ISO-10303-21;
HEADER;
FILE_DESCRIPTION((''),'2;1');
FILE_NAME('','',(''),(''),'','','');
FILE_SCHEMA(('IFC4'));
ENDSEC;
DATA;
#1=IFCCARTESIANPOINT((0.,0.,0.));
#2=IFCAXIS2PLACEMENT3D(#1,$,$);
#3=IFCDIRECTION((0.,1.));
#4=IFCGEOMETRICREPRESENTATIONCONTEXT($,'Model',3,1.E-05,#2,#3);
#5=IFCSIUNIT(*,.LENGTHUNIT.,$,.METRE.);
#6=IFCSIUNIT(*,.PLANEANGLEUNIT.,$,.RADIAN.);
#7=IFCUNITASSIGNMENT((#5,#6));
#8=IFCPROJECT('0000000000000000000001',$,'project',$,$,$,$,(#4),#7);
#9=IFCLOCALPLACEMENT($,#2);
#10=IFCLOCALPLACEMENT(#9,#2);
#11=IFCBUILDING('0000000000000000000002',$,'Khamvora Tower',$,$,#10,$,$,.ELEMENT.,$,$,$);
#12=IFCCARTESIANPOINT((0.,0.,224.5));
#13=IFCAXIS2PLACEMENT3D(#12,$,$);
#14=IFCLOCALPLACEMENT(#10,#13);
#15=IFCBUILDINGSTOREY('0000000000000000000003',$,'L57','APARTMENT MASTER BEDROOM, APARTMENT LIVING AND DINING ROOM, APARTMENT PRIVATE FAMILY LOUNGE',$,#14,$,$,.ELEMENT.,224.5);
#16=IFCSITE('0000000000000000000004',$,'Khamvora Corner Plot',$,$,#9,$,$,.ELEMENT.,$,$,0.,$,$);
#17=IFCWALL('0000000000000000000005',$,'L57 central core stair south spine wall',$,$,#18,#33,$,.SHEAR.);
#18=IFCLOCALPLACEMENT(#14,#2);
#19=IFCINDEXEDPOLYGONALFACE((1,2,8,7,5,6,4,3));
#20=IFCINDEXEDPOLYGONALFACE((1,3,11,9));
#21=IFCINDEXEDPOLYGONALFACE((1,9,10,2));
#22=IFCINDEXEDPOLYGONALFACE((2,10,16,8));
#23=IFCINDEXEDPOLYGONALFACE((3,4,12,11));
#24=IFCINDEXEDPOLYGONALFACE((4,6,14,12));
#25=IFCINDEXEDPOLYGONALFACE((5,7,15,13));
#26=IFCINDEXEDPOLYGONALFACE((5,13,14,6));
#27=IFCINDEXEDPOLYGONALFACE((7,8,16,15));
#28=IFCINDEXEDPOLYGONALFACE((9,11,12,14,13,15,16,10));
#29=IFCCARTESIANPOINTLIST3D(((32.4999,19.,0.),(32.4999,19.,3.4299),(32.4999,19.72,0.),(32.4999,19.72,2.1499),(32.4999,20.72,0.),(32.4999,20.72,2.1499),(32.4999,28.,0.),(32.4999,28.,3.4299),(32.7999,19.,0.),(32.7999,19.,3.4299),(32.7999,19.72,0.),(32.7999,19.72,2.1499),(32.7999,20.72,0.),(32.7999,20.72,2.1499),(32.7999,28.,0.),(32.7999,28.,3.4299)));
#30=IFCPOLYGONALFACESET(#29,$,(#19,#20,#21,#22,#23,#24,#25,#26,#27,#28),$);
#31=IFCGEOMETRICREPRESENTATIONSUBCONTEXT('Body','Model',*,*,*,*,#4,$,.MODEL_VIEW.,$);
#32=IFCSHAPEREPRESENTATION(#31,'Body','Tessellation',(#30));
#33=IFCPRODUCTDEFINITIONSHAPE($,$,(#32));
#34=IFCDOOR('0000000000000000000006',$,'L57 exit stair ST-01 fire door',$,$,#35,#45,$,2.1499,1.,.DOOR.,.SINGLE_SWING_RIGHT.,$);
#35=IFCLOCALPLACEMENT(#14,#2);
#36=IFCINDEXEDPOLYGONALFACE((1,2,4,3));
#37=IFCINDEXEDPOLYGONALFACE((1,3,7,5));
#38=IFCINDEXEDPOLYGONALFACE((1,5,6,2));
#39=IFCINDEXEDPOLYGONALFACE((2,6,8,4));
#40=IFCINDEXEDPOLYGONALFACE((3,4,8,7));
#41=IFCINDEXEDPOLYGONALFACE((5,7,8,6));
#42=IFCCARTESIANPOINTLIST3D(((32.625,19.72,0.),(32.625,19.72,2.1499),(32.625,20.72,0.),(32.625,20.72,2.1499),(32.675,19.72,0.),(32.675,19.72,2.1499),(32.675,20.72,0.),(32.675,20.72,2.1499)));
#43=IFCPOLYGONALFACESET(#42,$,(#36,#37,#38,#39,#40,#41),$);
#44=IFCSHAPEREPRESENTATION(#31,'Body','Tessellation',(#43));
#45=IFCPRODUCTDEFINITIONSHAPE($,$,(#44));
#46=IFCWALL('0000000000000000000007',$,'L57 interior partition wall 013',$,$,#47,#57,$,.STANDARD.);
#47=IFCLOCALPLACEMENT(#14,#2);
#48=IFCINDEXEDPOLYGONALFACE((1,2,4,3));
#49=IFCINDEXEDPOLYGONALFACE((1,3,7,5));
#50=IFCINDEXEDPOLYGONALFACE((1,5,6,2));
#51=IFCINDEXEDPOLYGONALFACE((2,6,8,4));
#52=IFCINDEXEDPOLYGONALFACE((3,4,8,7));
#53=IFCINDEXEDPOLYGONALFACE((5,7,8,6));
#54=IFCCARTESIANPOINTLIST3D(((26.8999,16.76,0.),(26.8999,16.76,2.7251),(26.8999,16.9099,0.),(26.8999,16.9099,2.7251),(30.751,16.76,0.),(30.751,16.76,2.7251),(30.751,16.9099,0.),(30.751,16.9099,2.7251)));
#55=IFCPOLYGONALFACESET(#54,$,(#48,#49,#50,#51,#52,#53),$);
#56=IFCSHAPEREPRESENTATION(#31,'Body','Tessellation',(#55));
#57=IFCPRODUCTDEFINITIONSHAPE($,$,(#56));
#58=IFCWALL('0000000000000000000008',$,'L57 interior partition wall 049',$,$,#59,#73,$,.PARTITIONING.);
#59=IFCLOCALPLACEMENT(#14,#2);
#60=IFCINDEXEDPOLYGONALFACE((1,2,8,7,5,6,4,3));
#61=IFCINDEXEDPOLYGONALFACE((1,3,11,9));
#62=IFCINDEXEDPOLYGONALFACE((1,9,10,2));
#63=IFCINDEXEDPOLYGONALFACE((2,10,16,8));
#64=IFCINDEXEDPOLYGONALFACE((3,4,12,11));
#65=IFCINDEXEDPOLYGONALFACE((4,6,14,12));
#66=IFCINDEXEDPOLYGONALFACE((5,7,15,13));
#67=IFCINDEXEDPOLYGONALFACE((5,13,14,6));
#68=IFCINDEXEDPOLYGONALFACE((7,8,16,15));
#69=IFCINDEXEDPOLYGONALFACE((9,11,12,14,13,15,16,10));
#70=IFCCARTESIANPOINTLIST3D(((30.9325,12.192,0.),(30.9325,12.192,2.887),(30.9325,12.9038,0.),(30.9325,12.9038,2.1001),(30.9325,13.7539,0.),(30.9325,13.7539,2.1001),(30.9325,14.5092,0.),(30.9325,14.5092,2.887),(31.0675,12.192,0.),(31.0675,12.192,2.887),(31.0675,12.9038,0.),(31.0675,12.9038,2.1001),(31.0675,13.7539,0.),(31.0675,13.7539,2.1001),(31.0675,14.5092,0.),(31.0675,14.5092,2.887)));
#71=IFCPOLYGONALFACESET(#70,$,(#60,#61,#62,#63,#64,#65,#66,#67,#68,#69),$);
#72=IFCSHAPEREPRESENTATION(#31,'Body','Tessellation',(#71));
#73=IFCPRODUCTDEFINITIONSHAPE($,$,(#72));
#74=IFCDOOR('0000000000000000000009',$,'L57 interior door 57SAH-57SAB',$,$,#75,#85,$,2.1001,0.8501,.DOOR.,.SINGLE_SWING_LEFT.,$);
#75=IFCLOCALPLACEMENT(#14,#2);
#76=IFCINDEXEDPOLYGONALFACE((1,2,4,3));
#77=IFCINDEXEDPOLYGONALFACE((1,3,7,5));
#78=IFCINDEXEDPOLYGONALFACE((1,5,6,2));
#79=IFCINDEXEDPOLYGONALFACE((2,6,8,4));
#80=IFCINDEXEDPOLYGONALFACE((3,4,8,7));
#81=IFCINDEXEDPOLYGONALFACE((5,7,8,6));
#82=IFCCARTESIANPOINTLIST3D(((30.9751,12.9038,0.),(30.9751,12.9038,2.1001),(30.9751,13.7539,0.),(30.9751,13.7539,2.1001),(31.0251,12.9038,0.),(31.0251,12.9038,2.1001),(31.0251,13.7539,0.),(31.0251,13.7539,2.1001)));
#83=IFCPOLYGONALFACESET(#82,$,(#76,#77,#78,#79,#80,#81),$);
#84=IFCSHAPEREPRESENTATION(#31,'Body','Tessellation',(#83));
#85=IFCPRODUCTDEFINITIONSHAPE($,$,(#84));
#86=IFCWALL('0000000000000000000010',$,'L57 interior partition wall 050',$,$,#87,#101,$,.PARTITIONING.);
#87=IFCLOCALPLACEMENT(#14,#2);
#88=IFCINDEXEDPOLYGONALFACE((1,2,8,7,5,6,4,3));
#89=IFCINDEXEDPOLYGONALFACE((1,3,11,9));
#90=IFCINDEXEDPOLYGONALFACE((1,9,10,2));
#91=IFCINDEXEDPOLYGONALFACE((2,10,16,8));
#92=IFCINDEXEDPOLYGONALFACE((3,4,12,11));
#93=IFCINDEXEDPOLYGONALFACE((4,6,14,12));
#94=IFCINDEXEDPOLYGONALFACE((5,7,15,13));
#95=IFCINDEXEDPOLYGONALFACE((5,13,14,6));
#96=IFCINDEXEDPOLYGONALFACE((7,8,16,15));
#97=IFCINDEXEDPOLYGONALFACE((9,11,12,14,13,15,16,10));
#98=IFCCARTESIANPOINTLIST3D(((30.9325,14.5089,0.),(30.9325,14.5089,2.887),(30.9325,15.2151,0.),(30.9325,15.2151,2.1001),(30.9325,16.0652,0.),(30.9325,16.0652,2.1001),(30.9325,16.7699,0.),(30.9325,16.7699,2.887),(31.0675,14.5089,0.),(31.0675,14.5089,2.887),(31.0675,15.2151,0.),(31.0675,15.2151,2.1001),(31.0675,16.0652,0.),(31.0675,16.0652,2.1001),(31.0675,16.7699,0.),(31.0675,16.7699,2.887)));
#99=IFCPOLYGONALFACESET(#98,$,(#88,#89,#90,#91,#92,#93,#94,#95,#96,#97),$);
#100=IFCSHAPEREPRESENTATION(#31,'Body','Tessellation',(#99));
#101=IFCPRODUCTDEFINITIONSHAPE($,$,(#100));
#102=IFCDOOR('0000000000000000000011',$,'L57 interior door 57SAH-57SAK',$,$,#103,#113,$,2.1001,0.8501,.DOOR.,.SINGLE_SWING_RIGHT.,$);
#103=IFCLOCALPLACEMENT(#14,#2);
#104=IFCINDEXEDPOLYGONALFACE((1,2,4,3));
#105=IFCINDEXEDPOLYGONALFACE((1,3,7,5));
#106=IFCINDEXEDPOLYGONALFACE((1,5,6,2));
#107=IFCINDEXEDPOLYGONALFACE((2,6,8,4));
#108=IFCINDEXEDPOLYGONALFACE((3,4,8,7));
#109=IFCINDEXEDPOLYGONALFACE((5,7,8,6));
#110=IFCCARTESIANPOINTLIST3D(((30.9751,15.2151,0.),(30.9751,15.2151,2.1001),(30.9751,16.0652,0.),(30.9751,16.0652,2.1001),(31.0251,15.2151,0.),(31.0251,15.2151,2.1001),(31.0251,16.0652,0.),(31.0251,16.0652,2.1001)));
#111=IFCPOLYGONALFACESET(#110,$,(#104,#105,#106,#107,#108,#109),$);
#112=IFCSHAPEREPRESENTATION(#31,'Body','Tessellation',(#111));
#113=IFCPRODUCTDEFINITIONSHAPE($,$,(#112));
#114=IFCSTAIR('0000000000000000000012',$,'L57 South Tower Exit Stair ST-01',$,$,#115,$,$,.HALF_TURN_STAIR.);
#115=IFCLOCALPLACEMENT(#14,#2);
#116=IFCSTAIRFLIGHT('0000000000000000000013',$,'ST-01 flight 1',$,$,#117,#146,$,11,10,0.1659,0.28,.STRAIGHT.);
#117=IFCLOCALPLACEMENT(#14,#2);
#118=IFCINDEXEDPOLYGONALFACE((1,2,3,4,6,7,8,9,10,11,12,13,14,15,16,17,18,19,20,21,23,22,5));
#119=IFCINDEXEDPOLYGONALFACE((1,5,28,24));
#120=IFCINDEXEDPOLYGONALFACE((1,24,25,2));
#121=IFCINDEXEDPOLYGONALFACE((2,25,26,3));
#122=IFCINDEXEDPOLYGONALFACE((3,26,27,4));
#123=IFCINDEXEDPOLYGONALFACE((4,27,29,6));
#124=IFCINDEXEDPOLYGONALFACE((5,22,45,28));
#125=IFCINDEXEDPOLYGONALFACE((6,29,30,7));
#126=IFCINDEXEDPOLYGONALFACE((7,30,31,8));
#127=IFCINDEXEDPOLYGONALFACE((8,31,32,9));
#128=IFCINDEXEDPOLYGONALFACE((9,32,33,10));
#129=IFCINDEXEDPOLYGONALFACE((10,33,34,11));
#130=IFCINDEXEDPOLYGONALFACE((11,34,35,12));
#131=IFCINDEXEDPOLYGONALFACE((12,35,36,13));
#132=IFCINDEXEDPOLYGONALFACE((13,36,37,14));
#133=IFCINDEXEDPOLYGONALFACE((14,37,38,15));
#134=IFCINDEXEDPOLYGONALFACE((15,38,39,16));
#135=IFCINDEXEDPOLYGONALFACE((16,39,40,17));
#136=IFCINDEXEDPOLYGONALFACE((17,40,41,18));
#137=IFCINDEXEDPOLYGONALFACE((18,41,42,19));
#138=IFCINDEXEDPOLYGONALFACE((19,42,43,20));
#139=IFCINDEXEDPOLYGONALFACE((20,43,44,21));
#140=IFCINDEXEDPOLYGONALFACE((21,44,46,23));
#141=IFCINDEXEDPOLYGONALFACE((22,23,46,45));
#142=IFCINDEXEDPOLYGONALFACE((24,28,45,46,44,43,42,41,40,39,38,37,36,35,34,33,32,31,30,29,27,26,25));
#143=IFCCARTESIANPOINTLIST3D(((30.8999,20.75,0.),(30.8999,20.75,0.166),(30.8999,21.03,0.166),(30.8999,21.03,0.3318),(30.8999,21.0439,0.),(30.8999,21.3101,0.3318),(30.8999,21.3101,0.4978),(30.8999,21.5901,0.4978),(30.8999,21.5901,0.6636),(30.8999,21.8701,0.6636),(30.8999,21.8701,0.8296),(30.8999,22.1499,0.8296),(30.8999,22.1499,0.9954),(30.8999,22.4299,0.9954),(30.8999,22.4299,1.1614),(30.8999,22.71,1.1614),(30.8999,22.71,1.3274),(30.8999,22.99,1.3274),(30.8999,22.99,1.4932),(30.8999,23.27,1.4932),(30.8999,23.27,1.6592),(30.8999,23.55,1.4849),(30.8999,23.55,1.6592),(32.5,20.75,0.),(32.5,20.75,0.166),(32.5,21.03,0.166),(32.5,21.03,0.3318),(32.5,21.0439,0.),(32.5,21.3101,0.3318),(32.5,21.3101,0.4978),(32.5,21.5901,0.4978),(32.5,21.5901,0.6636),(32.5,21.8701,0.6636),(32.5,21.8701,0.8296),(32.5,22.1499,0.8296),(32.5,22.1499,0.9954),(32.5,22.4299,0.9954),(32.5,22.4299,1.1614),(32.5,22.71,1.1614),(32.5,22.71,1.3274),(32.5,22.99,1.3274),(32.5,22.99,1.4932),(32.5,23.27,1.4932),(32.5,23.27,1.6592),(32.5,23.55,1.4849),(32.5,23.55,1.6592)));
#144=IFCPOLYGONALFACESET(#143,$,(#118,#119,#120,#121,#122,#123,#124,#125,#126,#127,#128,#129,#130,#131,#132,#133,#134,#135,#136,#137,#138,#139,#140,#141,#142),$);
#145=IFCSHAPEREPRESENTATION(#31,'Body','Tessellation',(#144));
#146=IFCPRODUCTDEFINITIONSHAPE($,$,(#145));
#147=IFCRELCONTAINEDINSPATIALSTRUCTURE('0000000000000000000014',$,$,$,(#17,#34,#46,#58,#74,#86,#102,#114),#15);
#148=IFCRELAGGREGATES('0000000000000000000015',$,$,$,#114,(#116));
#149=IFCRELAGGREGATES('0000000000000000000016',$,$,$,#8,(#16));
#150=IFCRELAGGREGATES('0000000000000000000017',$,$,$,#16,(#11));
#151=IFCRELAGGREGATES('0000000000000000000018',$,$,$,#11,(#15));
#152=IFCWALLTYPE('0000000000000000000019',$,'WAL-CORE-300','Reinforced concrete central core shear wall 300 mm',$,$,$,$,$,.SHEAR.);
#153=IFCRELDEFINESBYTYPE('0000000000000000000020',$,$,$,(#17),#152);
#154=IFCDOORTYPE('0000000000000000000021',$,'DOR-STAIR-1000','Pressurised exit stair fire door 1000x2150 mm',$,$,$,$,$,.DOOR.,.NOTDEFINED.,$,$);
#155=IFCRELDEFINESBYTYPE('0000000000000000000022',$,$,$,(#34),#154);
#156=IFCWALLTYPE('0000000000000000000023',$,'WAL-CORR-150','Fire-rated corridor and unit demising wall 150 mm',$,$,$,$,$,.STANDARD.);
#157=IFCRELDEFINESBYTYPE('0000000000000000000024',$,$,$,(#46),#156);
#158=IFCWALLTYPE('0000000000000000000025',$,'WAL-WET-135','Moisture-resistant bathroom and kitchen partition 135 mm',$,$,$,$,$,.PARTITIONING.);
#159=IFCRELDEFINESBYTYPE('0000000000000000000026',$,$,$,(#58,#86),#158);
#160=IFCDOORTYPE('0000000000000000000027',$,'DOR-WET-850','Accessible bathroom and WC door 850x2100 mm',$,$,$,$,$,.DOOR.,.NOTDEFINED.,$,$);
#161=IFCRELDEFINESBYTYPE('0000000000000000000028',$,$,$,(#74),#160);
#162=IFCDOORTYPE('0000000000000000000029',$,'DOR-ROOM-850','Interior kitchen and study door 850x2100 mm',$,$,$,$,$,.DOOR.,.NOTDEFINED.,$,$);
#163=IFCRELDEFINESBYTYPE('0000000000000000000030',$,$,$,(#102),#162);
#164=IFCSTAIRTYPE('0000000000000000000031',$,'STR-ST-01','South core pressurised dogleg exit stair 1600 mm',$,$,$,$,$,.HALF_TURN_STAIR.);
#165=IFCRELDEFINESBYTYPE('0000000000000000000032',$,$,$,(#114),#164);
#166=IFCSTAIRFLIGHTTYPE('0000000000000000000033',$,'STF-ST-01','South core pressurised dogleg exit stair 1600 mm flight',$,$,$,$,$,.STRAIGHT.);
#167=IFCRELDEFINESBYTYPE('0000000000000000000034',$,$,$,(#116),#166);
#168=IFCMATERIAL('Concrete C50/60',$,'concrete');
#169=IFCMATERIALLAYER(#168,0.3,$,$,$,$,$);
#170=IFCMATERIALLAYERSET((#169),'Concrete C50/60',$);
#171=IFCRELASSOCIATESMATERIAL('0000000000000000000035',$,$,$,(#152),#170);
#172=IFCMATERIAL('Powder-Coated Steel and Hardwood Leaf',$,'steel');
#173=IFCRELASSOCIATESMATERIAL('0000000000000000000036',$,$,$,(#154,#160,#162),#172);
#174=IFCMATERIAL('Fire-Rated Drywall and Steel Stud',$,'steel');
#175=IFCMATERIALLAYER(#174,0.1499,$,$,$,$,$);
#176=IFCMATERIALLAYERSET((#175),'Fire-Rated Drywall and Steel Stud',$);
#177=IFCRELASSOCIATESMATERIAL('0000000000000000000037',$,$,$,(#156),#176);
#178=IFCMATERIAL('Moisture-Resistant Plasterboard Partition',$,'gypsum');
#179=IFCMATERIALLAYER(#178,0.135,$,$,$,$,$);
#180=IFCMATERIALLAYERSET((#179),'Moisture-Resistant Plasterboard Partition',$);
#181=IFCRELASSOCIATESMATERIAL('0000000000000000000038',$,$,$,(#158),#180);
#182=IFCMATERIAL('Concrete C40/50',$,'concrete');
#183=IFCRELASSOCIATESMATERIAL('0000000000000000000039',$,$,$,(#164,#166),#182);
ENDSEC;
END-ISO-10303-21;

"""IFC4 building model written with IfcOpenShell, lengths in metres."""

from ifc_helpers import new_model, si_unit, direction, frame, frame_2d, origin, place, context, subcontext, project, spatial, polyline, rectangle, outline, extrude, material, layer, layer_set, type_object, element, fill, aggregate, save


model = new_model("IFC4")

# Units and contexts
model_context = context("Model", 3, precision=1e-05, world=origin(), true_north=direction((0.0, 1.0)))
body_context = subcontext(model_context, "Body", "Model", "MODEL_VIEW")
ifc_project = project(units=[si_unit("LENGTHUNIT", "METRE"), si_unit("PLANEANGLEUNIT", "RADIAN")], contexts=[model_context])

# Site, building, storey
site_placement = place(None, origin())
site = spatial("IfcSite", under=ifc_project, at=site_placement, Name="Khamvora Corner Plot", CompositionType="ELEMENT", RefElevation=0.0)
building_placement = place(site_placement, origin())
building = spatial("IfcBuilding", under=site, at=building_placement, Name="Khamvora Tower", CompositionType="ELEMENT")
storey_placement = place(building_placement, frame((0.0, 0.0, 224.5)))
storey = spatial("IfcBuildingStorey", under=building, at=storey_placement, Name="L57", Description="APARTMENT MASTER BEDROOM, APARTMENT LIVING AND DINING ROOM, APARTMENT PRIVATE FAMILY LOUNGE", CompositionType="ELEMENT", Elevation=224.5)

# Shared definitions
ifc_material_1 = material(Name="Concrete C50/60", Category="concrete")
ifc_layer_1 = layer(ifc_material_1, 0.3)
ifc_layer_set_1 = layer_set([ifc_layer_1], Name="Concrete C50/60")
wall_type_1 = type_object("IfcWallType", Name="WAL-CORE-300", Description="Reinforced concrete central core shear wall 300 mm", PredefinedType="SHEAR", material=ifc_layer_set_1)

# Wall, opening, door
ifc_material_2 = material(Name="Powder-Coated Steel and Hardwood Leaf", Category="steel")
wall_1_placement = place(storey_placement, frame((32.6499, 19.0, 0.0), z_axis=(0.0, 0.0, 1.0), x_axis=(0.0, 1.0, 0.0)))
wall_1 = element("IfcWall", 1, at=wall_1_placement, inside=storey, type_object=wall_type_1, Name="L57 central core stair south spine wall", PredefinedType="SHEAR", context=body_context, shape_type="SweptSolid", body=[
    extrude(rectangle(XDim=9.0, YDim=0.3, at=frame_2d((4.5, 0.0))), origin(), (0.0, 0.0, 1.0), 3.4299),
])
opening_1_placement = place(wall_1_placement, frame((0.72, 0.0, 0.0)))
opening_1 = element("IfcOpeningElement", 2, at=opening_1_placement, cuts=wall_1, PredefinedType="OPENING", context=body_context, shape_type="SweptSolid", body=[
    extrude(rectangle(XDim=1.0, YDim=2.1499, at=frame_2d((0.5, 1.075))), frame((0.0, 0.1599, 0.0), z_axis=(0.0, -1.0, 0.0), x_axis=(1.0, 0.0, 0.0)), (0.0, 0.0, 1.0), 0.3201),
])
door_type_1 = type_object("IfcDoorType", Name="DOR-STAIR-1000", Description="Pressurised exit stair fire door 1000x2150 mm", OperationType="NOTDEFINED", PredefinedType="DOOR", material=ifc_material_2)
door_1_placement = place(opening_1_placement, origin())
door_1 = element("IfcDoor", 3, at=door_1_placement, inside=storey, type_object=door_type_1, Name="L57 exit stair ST-01 fire door", OperationType="SINGLE_SWING_RIGHT", OverallHeight=2.1499, OverallWidth=1.0, PredefinedType="DOOR", context=body_context, shape_type="SweptSolid", body=[
    extrude(rectangle(XDim=1.0, YDim=2.1499, at=frame_2d((0.5, 1.075))), frame((0.0, 0.0249, 0.0), z_axis=(0.0, -1.0, 0.0), x_axis=(1.0, 0.0, 0.0)), (0.0, 0.0, 1.0), 0.05),
])
fill(opening_1, door_1)

# Wall
ifc_material_3 = material(Name="Fire-Rated Drywall and Steel Stud", Category="steel")
ifc_layer_2 = layer(ifc_material_3, 0.1499)
ifc_layer_set_2 = layer_set([ifc_layer_2], Name="Fire-Rated Drywall and Steel Stud")
wall_type_2 = type_object("IfcWallType", Name="WAL-CORR-150", Description="Fire-rated corridor and unit demising wall 150 mm", PredefinedType="STANDARD", material=ifc_layer_set_2)
wall_2_placement = place(storey_placement, frame((30.751, 16.835, 0.0), z_axis=(0.0, 0.0, 1.0), x_axis=(-1.0, 0.0, 0.0)))
element("IfcWall", 4, at=wall_2_placement, inside=storey, type_object=wall_type_2, Name="L57 interior partition wall 013", PredefinedType="STANDARD", context=body_context, shape_type="SweptSolid", body=[
    extrude(rectangle(XDim=3.8511, YDim=0.1499, at=frame_2d((1.9255, 0.0))), origin(), (0.0, 0.0, 1.0), 2.7251),
])

# Walls, openings, doors
ifc_material_4 = material(Name="Moisture-Resistant Plasterboard Partition", Category="gypsum")
ifc_layer_3 = layer(ifc_material_4, 0.135)
ifc_layer_set_3 = layer_set([ifc_layer_3], Name="Moisture-Resistant Plasterboard Partition")
wall_type_3 = type_object("IfcWallType", Name="WAL-WET-135", Description="Moisture-resistant bathroom and kitchen partition 135 mm", PredefinedType="PARTITIONING", material=ifc_layer_set_3)
wall_3_placement = place(storey_placement, frame((31.0, 12.1919, 0.0), z_axis=(0.0, 0.0, 1.0), x_axis=(0.0, 1.0, 0.0)))
wall_3 = element("IfcWall", 5, at=wall_3_placement, inside=storey, type_object=wall_type_3, Name="L57 interior partition wall 049", PredefinedType="PARTITIONING", context=body_context, shape_type="SweptSolid", body=[
    extrude(rectangle(XDim=2.3171, YDim=0.135, at=frame_2d((1.1587, 0.0))), origin(), (0.0, 0.0, 1.0), 2.887),
])
opening_2_placement = place(wall_3_placement, frame((0.7119, 0.0, 0.0)))
opening_2 = element("IfcOpeningElement", 6, at=opening_2_placement, cuts=wall_3, PredefinedType="OPENING", context=body_context, shape_type="SweptSolid", body=[
    extrude(rectangle(XDim=0.8501, YDim=2.1001, at=frame_2d((0.425, 1.05))), frame((0.0, 0.0774, 0.0), z_axis=(0.0, -1.0, 0.0), x_axis=(1.0, 0.0, 0.0)), (0.0, 0.0, 1.0), 0.155),
])
door_type_2 = type_object("IfcDoorType", Name="DOR-WET-850", Description="Accessible bathroom and WC door 850x2100 mm", OperationType="NOTDEFINED", PredefinedType="DOOR", material=ifc_material_2)
door_2_placement = place(opening_2_placement, origin())
door_2 = element("IfcDoor", 7, at=door_2_placement, inside=storey, type_object=door_type_2, Name="L57 interior door 57SAH-57SAB", OperationType="SINGLE_SWING_LEFT", OverallHeight=2.1001, OverallWidth=0.8501, PredefinedType="DOOR", context=body_context, shape_type="SweptSolid", body=[
    extrude(rectangle(XDim=0.8501, YDim=2.1001, at=frame_2d((0.425, 1.05))), frame((0.0, 0.0249, 0.0), z_axis=(0.0, -1.0, 0.0), x_axis=(1.0, 0.0, 0.0)), (0.0, 0.0, 1.0), 0.05),
])
fill(opening_2, door_2)
wall_4_placement = place(storey_placement, frame((31.0, 14.509, 0.0), z_axis=(0.0, 0.0, 1.0), x_axis=(0.0, 1.0, 0.0)))
wall_4 = element("IfcWall", 8, at=wall_4_placement, inside=storey, type_object=wall_type_3, Name="L57 interior partition wall 050", PredefinedType="PARTITIONING", context=body_context, shape_type="SweptSolid", body=[
    extrude(rectangle(XDim=2.261, YDim=0.135, at=frame_2d((1.1304, 0.0))), origin(), (0.0, 0.0, 1.0), 2.887),
])
opening_3_placement = place(wall_4_placement, frame((0.7061, 0.0, 0.0)))
opening_3 = element("IfcOpeningElement", 9, at=opening_3_placement, cuts=wall_4, PredefinedType="OPENING", context=body_context, shape_type="SweptSolid", body=[
    extrude(rectangle(XDim=0.8501, YDim=2.1001, at=frame_2d((0.425, 1.05))), frame((0.0, 0.0774, 0.0), z_axis=(0.0, -1.0, 0.0), x_axis=(1.0, 0.0, 0.0)), (0.0, 0.0, 1.0), 0.155),
])
door_type_3 = type_object("IfcDoorType", Name="DOR-ROOM-850", Description="Interior kitchen and study door 850x2100 mm", OperationType="NOTDEFINED", PredefinedType="DOOR", material=ifc_material_2)
door_3_placement = place(opening_3_placement, origin())
door_3 = element("IfcDoor", 10, at=door_3_placement, inside=storey, type_object=door_type_3, Name="L57 interior door 57SAH-57SAK", OperationType="SINGLE_SWING_RIGHT", OverallHeight=2.1001, OverallWidth=0.8501, PredefinedType="DOOR", context=body_context, shape_type="SweptSolid", body=[
    extrude(rectangle(XDim=0.8501, YDim=2.1001, at=frame_2d((0.425, 1.05))), frame((0.0, 0.0249, 0.0), z_axis=(0.0, -1.0, 0.0), x_axis=(1.0, 0.0, 0.0)), (0.0, 0.0, 1.0), 0.05),
])
fill(opening_3, door_3)

# Stair, stair flight
ifc_material_5 = material(Name="Concrete C40/50", Category="concrete")
stair_type = type_object("IfcStairType", Name="STR-ST-01", Description="South core pressurised dogleg exit stair 1600 mm", PredefinedType="HALF_TURN_STAIR", material=ifc_material_5)
stair_placement = place(storey_placement, origin())
stair = element("IfcStair", 11, at=stair_placement, inside=storey, type_object=stair_type, Name="L57 South Tower Exit Stair ST-01", PredefinedType="HALF_TURN_STAIR")
stair_flight_type = type_object("IfcStairFlightType", Name="STF-ST-01", Description="South core pressurised dogleg exit stair 1600 mm flight", PredefinedType="STRAIGHT", material=ifc_material_5)
stair_flight_placement = place(storey_placement, frame((31.7, 20.75, 0.0), z_axis=(0.0, 0.0, 1.0), x_axis=(0.0, 1.0, 0.0)))
stair_flight = element("IfcStairFlight", 12, at=stair_flight_placement, type_object=stair_flight_type, Name="ST-01 flight 1", NumberOfRisers=11, NumberOfTreads=10, PredefinedType="STRAIGHT", RiserHeight=0.1659, TreadLength=0.28, context=body_context, shape_type="SweptSolid", body=[
    extrude(outline(polyline([(0.0, 0.0), (0.0, 0.166), (0.28, 0.166), (0.28, 0.3318), (0.5601, 0.3318), (0.5601, 0.4978), (0.8401, 0.4978), (0.8401, 0.6636), (1.1201, 0.6636), (1.1201, 0.8296), (1.3999, 0.8296), (1.3999, 0.9954), (1.6799, 0.9954), (1.6799, 1.1614), (1.96, 1.1614), (1.96, 1.3274), (2.24, 1.3274), (2.24, 1.4932), (2.52, 1.4932), (2.52, 1.6592), (2.8, 1.6592), (2.8, 1.825), (2.8, 1.4849), (0.2939, 0.0), (0.0, 0.0)])), frame((0.0, 0.8, 0.0), z_axis=(0.0, -1.0, 0.0), x_axis=(1.0, 0.0, 0.0)), (0.0, 0.0, 1.0), 1.6001),
])
aggregate(stair, [stair_flight])

save(model, "model.ifc")
